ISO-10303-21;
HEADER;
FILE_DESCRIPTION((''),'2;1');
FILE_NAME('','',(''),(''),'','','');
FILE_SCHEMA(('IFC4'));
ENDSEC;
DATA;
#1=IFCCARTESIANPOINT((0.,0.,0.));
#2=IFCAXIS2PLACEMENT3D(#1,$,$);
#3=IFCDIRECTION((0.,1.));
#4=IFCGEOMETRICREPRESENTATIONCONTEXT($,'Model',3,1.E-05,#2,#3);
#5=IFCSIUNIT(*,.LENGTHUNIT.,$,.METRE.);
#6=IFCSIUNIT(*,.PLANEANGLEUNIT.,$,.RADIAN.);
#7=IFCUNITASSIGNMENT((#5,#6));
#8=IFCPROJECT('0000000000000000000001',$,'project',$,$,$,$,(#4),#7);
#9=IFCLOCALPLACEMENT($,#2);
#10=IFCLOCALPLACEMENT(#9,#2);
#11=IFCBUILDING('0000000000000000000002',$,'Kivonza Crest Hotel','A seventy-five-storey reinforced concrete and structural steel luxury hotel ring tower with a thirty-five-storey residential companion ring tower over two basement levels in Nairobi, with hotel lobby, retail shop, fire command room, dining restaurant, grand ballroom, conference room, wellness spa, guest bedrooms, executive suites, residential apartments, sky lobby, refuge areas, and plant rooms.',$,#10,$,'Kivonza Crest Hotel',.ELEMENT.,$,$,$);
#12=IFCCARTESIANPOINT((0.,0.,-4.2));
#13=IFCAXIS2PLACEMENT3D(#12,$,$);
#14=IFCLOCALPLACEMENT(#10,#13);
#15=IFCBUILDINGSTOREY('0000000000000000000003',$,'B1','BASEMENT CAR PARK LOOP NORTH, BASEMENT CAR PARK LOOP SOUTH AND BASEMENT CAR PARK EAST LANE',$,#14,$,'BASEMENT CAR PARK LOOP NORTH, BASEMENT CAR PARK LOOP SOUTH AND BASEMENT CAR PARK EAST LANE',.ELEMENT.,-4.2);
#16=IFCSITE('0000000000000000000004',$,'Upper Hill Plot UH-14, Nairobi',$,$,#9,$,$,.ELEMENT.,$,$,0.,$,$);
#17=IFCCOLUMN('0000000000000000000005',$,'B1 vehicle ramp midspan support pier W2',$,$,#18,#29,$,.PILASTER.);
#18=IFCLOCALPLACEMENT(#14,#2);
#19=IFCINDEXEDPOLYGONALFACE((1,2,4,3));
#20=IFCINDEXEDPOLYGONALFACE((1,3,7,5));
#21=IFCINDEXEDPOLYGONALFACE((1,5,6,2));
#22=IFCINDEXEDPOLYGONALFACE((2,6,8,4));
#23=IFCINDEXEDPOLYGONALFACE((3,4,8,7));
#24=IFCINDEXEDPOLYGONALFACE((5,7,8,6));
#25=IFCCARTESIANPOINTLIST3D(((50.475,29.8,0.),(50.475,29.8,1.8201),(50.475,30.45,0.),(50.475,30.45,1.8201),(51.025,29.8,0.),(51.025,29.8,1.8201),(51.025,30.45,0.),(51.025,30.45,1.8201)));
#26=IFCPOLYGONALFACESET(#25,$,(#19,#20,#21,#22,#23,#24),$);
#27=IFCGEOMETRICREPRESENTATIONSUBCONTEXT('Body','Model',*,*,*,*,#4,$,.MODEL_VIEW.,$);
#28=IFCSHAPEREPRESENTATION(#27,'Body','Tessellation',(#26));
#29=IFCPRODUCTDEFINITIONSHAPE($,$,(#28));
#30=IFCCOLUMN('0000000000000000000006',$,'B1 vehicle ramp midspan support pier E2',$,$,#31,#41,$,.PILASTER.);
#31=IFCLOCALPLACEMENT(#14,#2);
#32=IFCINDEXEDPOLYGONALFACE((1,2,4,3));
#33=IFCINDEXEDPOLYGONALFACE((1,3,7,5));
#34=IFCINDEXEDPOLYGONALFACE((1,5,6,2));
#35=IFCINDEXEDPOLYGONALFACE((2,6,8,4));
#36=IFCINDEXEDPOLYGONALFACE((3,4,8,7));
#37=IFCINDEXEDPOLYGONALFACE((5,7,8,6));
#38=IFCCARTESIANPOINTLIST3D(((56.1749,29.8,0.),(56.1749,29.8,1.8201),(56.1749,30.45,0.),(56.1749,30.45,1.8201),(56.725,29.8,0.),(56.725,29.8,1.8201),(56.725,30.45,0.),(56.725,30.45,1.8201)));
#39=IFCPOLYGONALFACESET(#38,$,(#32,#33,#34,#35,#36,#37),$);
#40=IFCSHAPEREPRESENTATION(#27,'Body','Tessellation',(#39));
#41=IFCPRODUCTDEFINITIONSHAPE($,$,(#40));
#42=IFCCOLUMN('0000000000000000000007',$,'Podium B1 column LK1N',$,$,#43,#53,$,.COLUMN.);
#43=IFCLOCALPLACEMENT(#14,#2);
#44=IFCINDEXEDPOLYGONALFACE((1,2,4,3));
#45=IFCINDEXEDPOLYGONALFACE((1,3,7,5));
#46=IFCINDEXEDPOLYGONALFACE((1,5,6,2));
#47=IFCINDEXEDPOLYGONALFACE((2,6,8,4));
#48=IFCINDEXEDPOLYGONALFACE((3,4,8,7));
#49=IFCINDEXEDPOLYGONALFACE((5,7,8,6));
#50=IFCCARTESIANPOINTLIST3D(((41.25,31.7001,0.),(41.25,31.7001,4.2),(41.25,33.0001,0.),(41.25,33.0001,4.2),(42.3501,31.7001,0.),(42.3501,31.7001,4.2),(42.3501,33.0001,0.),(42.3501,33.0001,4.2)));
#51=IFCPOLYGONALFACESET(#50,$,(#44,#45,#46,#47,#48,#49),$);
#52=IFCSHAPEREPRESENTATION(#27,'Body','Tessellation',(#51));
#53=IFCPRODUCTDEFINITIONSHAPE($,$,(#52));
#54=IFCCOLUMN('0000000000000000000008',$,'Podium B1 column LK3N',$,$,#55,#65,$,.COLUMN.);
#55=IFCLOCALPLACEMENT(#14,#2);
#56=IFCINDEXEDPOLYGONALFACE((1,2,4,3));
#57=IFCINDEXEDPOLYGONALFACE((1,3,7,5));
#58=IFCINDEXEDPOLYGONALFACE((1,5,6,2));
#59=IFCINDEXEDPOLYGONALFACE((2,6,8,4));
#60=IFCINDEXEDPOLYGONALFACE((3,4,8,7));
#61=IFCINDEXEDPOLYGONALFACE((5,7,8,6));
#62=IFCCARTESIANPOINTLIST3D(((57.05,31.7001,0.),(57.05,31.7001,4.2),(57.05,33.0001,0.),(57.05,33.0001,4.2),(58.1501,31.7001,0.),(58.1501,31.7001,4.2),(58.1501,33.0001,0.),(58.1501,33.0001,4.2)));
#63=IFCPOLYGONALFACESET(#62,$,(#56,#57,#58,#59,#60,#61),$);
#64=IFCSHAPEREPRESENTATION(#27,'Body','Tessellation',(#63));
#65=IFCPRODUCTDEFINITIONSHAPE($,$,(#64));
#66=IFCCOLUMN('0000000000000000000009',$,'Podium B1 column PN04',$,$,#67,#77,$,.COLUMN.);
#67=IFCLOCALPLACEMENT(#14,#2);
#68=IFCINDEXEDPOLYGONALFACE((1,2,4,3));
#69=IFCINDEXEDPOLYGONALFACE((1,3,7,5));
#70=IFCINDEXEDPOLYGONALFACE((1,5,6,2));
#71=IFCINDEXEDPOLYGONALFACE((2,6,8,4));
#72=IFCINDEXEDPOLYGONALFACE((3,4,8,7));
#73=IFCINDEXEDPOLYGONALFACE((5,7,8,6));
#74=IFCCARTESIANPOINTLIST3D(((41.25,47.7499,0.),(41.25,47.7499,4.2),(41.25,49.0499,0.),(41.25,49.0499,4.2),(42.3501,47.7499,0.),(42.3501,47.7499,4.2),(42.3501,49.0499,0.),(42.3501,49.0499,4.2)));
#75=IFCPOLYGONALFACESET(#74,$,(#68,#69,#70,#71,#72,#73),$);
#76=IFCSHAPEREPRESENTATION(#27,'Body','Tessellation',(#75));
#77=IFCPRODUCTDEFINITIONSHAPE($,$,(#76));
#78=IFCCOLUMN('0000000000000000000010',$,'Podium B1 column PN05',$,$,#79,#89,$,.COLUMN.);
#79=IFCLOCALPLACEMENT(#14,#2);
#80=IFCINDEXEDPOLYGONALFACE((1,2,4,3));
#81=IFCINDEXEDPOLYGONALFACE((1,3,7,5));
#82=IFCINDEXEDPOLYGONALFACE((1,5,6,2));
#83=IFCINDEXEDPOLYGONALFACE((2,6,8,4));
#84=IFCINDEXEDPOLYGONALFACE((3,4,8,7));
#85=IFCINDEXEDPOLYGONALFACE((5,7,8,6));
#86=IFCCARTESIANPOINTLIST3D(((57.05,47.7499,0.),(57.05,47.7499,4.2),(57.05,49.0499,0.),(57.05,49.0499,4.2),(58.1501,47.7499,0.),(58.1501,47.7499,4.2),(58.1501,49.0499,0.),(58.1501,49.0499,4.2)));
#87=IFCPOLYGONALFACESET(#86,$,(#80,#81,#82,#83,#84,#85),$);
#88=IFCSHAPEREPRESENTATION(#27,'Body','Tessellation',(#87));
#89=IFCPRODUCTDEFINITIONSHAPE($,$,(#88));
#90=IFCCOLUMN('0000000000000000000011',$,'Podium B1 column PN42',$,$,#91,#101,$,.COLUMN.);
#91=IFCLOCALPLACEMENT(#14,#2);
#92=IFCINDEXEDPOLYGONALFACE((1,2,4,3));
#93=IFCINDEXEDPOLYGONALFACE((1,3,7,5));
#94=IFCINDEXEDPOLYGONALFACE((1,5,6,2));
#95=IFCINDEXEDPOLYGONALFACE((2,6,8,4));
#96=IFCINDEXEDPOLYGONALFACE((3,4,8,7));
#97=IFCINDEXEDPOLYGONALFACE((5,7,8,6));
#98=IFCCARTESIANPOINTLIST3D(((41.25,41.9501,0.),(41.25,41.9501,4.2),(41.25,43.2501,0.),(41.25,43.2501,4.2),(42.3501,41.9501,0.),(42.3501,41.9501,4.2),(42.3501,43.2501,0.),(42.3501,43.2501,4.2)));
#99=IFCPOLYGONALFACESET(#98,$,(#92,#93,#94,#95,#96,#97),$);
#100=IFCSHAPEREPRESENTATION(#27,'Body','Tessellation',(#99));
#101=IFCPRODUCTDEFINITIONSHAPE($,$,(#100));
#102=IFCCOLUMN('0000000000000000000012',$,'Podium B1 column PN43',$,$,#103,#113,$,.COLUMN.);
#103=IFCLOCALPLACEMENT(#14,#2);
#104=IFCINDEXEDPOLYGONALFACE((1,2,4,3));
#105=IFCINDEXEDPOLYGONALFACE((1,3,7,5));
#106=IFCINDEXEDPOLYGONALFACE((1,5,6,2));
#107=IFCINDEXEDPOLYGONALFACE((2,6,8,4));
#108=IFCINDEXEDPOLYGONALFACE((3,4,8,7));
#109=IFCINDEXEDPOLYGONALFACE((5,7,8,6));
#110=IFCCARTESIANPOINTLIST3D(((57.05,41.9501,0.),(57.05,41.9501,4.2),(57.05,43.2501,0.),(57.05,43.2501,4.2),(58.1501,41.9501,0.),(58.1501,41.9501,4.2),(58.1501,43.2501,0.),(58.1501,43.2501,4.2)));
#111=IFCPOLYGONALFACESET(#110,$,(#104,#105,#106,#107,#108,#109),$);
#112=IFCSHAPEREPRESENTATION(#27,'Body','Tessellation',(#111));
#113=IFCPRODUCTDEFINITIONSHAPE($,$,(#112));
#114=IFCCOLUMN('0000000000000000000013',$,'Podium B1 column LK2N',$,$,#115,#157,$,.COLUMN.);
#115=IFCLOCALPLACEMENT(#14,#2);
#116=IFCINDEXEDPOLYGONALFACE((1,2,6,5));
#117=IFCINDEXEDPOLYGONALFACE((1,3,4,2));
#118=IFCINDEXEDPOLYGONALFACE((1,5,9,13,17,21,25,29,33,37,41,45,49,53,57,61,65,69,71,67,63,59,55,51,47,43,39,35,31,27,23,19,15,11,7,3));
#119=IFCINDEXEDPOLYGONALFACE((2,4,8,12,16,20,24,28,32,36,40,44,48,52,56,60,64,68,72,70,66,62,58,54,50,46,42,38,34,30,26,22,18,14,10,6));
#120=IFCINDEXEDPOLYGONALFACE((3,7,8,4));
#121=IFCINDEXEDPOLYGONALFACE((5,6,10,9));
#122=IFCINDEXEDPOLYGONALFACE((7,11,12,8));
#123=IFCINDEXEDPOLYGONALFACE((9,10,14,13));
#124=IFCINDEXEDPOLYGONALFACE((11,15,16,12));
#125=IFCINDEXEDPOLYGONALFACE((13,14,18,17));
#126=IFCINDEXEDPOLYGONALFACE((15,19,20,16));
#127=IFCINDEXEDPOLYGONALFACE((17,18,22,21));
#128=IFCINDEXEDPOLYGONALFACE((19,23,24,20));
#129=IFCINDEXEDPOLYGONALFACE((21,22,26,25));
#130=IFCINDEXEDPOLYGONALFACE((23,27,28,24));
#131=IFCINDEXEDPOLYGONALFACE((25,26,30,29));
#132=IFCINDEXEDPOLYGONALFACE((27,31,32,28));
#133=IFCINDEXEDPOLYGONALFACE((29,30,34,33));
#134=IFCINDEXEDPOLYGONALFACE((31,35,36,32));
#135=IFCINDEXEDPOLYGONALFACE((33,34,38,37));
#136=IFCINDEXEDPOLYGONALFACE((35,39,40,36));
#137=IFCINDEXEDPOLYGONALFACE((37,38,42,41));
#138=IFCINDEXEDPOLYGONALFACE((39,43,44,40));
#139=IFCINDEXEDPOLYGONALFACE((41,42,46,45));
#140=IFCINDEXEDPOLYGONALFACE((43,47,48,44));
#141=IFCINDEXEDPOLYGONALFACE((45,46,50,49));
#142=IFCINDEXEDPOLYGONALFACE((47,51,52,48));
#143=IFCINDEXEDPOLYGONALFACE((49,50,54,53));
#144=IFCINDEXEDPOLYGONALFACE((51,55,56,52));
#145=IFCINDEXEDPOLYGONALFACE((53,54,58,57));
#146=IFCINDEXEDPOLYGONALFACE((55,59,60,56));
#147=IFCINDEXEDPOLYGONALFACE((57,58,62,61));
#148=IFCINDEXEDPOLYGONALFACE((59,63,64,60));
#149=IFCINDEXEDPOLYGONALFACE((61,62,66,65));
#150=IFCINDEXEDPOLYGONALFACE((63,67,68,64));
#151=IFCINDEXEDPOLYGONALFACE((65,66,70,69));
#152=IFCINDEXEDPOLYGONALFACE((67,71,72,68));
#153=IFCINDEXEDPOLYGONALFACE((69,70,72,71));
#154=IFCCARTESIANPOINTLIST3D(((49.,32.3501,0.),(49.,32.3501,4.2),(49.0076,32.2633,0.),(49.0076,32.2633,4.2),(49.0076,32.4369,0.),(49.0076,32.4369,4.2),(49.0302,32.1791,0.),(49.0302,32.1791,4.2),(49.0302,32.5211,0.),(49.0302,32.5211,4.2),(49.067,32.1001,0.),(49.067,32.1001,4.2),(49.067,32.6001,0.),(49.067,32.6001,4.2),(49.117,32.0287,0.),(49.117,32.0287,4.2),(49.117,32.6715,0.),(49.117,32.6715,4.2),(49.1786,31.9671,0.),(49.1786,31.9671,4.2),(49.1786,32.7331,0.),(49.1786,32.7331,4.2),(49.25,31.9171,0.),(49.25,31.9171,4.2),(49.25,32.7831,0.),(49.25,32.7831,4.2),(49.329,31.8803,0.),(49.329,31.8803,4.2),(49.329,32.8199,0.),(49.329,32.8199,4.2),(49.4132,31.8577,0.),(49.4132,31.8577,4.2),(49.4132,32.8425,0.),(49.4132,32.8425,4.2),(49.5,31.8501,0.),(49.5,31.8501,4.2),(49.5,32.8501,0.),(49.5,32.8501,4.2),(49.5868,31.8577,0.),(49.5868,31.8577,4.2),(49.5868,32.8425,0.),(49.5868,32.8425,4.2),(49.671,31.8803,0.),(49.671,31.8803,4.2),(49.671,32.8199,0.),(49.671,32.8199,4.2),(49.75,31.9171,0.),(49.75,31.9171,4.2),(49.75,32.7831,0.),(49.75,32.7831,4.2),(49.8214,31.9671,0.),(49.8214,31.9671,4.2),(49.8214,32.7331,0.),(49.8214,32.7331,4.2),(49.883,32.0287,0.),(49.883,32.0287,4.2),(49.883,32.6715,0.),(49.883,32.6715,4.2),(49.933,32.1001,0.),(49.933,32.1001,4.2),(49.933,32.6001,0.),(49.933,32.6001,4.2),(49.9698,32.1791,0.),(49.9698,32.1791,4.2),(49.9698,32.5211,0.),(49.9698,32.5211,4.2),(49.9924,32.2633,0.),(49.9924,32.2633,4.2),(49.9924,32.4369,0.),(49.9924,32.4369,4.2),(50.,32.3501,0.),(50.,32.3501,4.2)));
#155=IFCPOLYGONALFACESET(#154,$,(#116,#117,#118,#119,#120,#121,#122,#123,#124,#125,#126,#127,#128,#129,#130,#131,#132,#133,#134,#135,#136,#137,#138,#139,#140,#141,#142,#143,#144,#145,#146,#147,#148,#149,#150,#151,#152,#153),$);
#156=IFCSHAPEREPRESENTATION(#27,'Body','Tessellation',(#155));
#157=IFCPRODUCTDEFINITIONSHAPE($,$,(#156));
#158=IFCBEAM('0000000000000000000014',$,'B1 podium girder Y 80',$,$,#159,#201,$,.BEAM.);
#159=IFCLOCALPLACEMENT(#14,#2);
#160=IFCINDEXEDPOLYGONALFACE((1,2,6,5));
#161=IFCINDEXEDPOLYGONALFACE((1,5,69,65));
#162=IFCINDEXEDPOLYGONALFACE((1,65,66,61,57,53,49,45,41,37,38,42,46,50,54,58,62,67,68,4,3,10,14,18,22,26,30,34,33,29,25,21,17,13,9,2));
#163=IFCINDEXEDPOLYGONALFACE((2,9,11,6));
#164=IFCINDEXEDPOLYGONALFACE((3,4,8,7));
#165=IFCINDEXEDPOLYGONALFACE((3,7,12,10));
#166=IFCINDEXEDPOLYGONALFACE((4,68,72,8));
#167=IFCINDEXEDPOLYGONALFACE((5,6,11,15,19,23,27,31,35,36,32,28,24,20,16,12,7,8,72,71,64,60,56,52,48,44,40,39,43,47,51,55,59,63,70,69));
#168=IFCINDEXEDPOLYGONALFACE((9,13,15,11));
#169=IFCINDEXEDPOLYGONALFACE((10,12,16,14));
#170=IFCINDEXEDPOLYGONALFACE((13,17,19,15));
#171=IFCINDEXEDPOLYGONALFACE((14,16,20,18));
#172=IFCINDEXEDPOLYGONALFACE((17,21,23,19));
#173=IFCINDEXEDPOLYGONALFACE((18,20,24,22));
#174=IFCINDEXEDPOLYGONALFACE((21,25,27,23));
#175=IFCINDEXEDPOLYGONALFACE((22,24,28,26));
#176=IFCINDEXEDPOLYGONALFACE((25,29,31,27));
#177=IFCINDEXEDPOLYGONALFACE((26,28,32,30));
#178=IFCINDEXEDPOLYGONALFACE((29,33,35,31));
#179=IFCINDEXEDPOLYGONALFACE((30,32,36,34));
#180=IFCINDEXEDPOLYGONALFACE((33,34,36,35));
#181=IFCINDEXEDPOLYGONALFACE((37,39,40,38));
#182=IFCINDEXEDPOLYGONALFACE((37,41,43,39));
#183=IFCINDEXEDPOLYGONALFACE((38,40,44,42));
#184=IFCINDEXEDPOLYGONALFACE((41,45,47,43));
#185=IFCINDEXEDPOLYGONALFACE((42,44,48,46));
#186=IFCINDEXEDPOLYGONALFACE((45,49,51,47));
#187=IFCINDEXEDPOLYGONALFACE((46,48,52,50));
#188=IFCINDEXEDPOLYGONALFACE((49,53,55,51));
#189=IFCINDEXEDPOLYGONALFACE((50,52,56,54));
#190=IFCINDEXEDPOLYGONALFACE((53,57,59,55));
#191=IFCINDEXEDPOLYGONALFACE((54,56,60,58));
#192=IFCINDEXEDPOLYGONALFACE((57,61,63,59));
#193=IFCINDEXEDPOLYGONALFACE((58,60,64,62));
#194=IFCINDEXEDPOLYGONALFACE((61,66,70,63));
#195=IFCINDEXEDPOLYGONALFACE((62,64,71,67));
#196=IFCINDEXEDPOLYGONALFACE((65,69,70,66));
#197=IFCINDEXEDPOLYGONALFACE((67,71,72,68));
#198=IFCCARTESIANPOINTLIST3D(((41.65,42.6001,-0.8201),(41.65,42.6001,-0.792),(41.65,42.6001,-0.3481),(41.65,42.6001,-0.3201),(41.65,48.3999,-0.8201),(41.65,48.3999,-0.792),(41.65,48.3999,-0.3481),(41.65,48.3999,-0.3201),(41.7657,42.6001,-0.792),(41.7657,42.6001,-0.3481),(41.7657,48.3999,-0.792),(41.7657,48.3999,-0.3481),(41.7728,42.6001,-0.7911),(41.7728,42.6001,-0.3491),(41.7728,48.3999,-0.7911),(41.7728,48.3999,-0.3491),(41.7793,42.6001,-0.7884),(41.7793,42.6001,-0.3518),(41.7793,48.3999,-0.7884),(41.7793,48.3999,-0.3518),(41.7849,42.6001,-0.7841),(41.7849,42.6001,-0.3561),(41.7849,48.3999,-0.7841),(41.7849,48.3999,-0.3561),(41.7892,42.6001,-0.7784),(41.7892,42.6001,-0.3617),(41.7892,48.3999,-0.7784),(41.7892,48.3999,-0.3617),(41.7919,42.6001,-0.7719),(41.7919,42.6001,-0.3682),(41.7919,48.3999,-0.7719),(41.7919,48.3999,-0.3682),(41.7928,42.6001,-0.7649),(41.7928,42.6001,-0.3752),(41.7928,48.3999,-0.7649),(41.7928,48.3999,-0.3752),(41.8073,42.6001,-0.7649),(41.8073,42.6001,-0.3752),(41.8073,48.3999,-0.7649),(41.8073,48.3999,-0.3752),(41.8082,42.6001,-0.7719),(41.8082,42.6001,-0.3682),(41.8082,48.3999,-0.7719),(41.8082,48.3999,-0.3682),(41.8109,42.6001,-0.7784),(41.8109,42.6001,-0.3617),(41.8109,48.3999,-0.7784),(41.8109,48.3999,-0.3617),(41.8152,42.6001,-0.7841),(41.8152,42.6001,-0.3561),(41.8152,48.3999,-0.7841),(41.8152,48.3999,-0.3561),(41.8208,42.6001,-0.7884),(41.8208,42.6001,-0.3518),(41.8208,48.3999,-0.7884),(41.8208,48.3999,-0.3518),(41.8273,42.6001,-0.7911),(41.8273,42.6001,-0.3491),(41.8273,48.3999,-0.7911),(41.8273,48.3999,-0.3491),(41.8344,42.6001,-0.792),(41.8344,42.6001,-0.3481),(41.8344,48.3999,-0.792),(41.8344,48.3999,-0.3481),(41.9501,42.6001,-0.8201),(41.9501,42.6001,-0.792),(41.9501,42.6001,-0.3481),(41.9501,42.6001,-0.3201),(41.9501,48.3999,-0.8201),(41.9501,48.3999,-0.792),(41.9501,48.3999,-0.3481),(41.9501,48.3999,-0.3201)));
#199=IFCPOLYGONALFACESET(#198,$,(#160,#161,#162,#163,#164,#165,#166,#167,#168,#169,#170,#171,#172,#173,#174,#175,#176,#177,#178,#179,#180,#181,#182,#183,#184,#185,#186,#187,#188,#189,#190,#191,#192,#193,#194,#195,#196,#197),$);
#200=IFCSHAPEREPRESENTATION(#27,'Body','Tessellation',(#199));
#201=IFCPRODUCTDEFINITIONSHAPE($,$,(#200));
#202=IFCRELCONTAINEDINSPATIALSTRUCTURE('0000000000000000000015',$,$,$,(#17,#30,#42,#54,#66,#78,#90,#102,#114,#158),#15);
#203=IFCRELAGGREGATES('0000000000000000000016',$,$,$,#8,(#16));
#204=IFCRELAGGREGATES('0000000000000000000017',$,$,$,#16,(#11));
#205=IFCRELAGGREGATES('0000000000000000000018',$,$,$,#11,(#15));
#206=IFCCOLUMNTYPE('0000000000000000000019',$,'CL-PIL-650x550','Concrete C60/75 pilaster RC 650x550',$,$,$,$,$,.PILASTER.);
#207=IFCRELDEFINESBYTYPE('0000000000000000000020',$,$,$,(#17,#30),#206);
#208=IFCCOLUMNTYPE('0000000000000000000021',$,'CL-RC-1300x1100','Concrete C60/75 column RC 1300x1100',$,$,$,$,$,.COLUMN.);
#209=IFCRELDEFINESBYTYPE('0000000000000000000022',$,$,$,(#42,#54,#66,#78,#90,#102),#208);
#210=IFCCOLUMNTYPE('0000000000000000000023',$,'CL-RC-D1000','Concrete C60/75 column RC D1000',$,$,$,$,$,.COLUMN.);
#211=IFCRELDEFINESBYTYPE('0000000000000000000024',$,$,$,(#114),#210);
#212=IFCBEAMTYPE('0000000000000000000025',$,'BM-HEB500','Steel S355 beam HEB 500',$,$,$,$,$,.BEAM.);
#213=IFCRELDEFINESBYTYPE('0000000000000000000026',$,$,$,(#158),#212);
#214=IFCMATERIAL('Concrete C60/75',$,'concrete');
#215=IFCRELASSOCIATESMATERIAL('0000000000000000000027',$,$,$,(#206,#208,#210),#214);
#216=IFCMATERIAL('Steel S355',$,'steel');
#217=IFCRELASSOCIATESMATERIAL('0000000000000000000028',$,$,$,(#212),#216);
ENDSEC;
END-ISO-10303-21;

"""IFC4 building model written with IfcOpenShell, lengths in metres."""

from ifc_helpers import new_model, si_unit, direction, frame, origin, origin_2d, place, context, subcontext, project, spatial, rectangle, circle, i_section, extrude, material, material_profile, profile_set, type_object, element, save


model = new_model("IFC4")

# Units and contexts
model_context = context("Model", 3, precision=1e-05, world=origin(), true_north=direction((0.0, 1.0)))
body_context = subcontext(model_context, "Body", "Model", "MODEL_VIEW")
ifc_project = project(units=[si_unit("LENGTHUNIT", "METRE"), si_unit("PLANEANGLEUNIT", "RADIAN")], contexts=[model_context])

# Site, building, storey
site_placement = place(None, origin())
site = spatial("IfcSite", under=ifc_project, at=site_placement, Name="Upper Hill Plot UH-14, Nairobi", CompositionType="ELEMENT", RefElevation=0.0)
building_placement = place(site_placement, origin())
building = spatial("IfcBuilding", under=site, at=building_placement, Name="Kivonza Crest Hotel", Description="A seventy-five-storey reinforced concrete and structural steel luxury hotel ring tower with a thirty-five-storey residential companion ring tower over two basement levels in Nairobi, with hotel lobby, retail shop, fire command room, dining restaurant, grand ballroom, conference room, wellness spa, guest bedrooms, executive suites, residential apartments, sky lobby, refuge areas, and plant rooms.", LongName="Kivonza Crest Hotel", CompositionType="ELEMENT")
storey_placement = place(building_placement, frame((0.0, 0.0, -4.2)))
storey = spatial("IfcBuildingStorey", under=building, at=storey_placement, Name="B1", Description="BASEMENT CAR PARK LOOP NORTH, BASEMENT CAR PARK LOOP SOUTH AND BASEMENT CAR PARK EAST LANE", LongName="BASEMENT CAR PARK LOOP NORTH, BASEMENT CAR PARK LOOP SOUTH AND BASEMENT CAR PARK EAST LANE", CompositionType="ELEMENT", Elevation=-4.2)

# Columns
ifc_material_1 = material(Name="Concrete C60/75", Category="concrete")
ifc_material_profile_1 = material_profile(ifc_material_1, rectangle(XDim=0.55, YDim=0.6499, at=origin_2d()), Name="RC 650x550")
ifc_profile_set_1 = profile_set([ifc_material_profile_1], Name="Concrete C60/75")
column_type_1 = type_object("IfcColumnType", Name="CL-PIL-650x550", Description="Concrete C60/75 pilaster RC 650x550", PredefinedType="PILASTER", material=ifc_profile_set_1)
for number, where, z_axis, x_axis, name in (
    (1, (50.75, 30.125, 0.0), (0.0, 0.0, 1.0), (1.0, 0.0, 0.0), "B1 vehicle ramp midspan support pier W2"),
    (2, (56.45, 30.125, 0.0), (0.0, 0.0, 1.0), (1.0, 0.0, 0.0), "B1 vehicle ramp midspan support pier E2"),
):
    element("IfcColumn", number, at=place(storey_placement, frame(where, z_axis=z_axis, x_axis=x_axis)), inside=storey, type_object=column_type_1, Name=name, PredefinedType="PILASTER", context=body_context, shape_type="SweptSolid", body=[
        extrude(rectangle(XDim=0.55, YDim=0.6499, at=origin_2d()), origin(), (0.0, 0.0, 1.0), 1.8201),
    ])
ifc_material_profile_2 = material_profile(ifc_material_1, rectangle(XDim=1.1001, YDim=1.3, at=origin_2d()), Name="RC 1300x1100")
ifc_profile_set_2 = profile_set([ifc_material_profile_2], Name="Concrete C60/75")
column_type_2 = type_object("IfcColumnType", Name="CL-RC-1300x1100", Description="Concrete C60/75 column RC 1300x1100", PredefinedType="COLUMN", material=ifc_profile_set_2)
for number, where, z_axis, x_axis, name in (
    (3, (41.8, 32.3501, 0.0), (0.0, 0.0, 1.0), (1.0, 0.0, 0.0), "Podium B1 column LK1N"),
    (4, (57.6001, 32.3501, 0.0), (0.0, 0.0, 1.0), (1.0, 0.0, 0.0), "Podium B1 column LK3N"),
    (5, (41.8, 48.3999, 0.0), (0.0, 0.0, 1.0), (1.0, 0.0, 0.0), "Podium B1 column PN04"),
    (6, (57.6001, 48.3999, 0.0), (0.0, 0.0, 1.0), (1.0, 0.0, 0.0), "Podium B1 column PN05"),
    (7, (41.8, 42.6001, 0.0), (0.0, 0.0, 1.0), (1.0, 0.0, 0.0), "Podium B1 column PN42"),
    (8, (57.6001, 42.6001, 0.0), (0.0, 0.0, 1.0), (1.0, 0.0, 0.0), "Podium B1 column PN43"),
):
    element("IfcColumn", number, at=place(storey_placement, frame(where, z_axis=z_axis, x_axis=x_axis)), inside=storey, type_object=column_type_2, Name=name, PredefinedType="COLUMN", context=body_context, shape_type="SweptSolid", body=[
        extrude(rectangle(XDim=1.1001, YDim=1.3, at=origin_2d()), origin(), (0.0, 0.0, 1.0), 4.2),
    ])
ifc_material_profile_3 = material_profile(ifc_material_1, circle(Radius=0.5, at=origin_2d()), Name="RC D1000")
ifc_profile_set_3 = profile_set([ifc_material_profile_3], Name="Concrete C60/75")
column_type_3 = type_object("IfcColumnType", Name="CL-RC-D1000", Description="Concrete C60/75 column RC D1000", PredefinedType="COLUMN", material=ifc_profile_set_3)
column_placement = place(storey_placement, frame((49.5, 32.3501, 0.0), z_axis=(0.0, 0.0, 1.0), x_axis=(1.0, 0.0, 0.0)))
element("IfcColumn", 9, at=column_placement, inside=storey, type_object=column_type_3, Name="Podium B1 column LK2N", PredefinedType="COLUMN", context=body_context, shape_type="SweptSolid", body=[
    extrude(circle(Radius=0.5, at=origin_2d()), origin(), (0.0, 0.0, 1.0), 4.2),
])

# Beam
ifc_material_2 = material(Name="Steel S355", Category="steel")
ifc_material_profile_4 = material_profile(ifc_material_2, i_section(OverallWidth=0.3, OverallDepth=0.5, WebThickness=0.0144, FlangeThickness=0.0281, FilletRadius=0.0271, at=origin_2d()), Name="HEB 500")
ifc_profile_set_4 = profile_set([ifc_material_profile_4], Name="Steel S355")
beam_type_1 = type_object("IfcBeamType", Name="BM-HEB500", Description="Steel S355 beam HEB 500", PredefinedType="BEAM", material=ifc_profile_set_4)
for number, where, z_axis, x_axis, name in (
    (10, (41.8, 42.6001, -0.5701), (0.0, 1.0, 0.0), (-1.0, 0.0, 0.0), "B1 podium girder Y 80"),
):
    element("IfcBeam", number, at=place(storey_placement, frame(where, z_axis=z_axis, x_axis=x_axis)), inside=storey, type_object=beam_type_1, Name=name, PredefinedType="BEAM", context=body_context, shape_type="SweptSolid", body=[
        extrude(i_section(OverallWidth=0.3, OverallDepth=0.5, WebThickness=0.0144, FlangeThickness=0.0281, FilletRadius=0.0271, at=origin_2d()), origin(), (0.0, 0.0, 1.0), 5.7998),
    ])

save(model, "model.ifc")
